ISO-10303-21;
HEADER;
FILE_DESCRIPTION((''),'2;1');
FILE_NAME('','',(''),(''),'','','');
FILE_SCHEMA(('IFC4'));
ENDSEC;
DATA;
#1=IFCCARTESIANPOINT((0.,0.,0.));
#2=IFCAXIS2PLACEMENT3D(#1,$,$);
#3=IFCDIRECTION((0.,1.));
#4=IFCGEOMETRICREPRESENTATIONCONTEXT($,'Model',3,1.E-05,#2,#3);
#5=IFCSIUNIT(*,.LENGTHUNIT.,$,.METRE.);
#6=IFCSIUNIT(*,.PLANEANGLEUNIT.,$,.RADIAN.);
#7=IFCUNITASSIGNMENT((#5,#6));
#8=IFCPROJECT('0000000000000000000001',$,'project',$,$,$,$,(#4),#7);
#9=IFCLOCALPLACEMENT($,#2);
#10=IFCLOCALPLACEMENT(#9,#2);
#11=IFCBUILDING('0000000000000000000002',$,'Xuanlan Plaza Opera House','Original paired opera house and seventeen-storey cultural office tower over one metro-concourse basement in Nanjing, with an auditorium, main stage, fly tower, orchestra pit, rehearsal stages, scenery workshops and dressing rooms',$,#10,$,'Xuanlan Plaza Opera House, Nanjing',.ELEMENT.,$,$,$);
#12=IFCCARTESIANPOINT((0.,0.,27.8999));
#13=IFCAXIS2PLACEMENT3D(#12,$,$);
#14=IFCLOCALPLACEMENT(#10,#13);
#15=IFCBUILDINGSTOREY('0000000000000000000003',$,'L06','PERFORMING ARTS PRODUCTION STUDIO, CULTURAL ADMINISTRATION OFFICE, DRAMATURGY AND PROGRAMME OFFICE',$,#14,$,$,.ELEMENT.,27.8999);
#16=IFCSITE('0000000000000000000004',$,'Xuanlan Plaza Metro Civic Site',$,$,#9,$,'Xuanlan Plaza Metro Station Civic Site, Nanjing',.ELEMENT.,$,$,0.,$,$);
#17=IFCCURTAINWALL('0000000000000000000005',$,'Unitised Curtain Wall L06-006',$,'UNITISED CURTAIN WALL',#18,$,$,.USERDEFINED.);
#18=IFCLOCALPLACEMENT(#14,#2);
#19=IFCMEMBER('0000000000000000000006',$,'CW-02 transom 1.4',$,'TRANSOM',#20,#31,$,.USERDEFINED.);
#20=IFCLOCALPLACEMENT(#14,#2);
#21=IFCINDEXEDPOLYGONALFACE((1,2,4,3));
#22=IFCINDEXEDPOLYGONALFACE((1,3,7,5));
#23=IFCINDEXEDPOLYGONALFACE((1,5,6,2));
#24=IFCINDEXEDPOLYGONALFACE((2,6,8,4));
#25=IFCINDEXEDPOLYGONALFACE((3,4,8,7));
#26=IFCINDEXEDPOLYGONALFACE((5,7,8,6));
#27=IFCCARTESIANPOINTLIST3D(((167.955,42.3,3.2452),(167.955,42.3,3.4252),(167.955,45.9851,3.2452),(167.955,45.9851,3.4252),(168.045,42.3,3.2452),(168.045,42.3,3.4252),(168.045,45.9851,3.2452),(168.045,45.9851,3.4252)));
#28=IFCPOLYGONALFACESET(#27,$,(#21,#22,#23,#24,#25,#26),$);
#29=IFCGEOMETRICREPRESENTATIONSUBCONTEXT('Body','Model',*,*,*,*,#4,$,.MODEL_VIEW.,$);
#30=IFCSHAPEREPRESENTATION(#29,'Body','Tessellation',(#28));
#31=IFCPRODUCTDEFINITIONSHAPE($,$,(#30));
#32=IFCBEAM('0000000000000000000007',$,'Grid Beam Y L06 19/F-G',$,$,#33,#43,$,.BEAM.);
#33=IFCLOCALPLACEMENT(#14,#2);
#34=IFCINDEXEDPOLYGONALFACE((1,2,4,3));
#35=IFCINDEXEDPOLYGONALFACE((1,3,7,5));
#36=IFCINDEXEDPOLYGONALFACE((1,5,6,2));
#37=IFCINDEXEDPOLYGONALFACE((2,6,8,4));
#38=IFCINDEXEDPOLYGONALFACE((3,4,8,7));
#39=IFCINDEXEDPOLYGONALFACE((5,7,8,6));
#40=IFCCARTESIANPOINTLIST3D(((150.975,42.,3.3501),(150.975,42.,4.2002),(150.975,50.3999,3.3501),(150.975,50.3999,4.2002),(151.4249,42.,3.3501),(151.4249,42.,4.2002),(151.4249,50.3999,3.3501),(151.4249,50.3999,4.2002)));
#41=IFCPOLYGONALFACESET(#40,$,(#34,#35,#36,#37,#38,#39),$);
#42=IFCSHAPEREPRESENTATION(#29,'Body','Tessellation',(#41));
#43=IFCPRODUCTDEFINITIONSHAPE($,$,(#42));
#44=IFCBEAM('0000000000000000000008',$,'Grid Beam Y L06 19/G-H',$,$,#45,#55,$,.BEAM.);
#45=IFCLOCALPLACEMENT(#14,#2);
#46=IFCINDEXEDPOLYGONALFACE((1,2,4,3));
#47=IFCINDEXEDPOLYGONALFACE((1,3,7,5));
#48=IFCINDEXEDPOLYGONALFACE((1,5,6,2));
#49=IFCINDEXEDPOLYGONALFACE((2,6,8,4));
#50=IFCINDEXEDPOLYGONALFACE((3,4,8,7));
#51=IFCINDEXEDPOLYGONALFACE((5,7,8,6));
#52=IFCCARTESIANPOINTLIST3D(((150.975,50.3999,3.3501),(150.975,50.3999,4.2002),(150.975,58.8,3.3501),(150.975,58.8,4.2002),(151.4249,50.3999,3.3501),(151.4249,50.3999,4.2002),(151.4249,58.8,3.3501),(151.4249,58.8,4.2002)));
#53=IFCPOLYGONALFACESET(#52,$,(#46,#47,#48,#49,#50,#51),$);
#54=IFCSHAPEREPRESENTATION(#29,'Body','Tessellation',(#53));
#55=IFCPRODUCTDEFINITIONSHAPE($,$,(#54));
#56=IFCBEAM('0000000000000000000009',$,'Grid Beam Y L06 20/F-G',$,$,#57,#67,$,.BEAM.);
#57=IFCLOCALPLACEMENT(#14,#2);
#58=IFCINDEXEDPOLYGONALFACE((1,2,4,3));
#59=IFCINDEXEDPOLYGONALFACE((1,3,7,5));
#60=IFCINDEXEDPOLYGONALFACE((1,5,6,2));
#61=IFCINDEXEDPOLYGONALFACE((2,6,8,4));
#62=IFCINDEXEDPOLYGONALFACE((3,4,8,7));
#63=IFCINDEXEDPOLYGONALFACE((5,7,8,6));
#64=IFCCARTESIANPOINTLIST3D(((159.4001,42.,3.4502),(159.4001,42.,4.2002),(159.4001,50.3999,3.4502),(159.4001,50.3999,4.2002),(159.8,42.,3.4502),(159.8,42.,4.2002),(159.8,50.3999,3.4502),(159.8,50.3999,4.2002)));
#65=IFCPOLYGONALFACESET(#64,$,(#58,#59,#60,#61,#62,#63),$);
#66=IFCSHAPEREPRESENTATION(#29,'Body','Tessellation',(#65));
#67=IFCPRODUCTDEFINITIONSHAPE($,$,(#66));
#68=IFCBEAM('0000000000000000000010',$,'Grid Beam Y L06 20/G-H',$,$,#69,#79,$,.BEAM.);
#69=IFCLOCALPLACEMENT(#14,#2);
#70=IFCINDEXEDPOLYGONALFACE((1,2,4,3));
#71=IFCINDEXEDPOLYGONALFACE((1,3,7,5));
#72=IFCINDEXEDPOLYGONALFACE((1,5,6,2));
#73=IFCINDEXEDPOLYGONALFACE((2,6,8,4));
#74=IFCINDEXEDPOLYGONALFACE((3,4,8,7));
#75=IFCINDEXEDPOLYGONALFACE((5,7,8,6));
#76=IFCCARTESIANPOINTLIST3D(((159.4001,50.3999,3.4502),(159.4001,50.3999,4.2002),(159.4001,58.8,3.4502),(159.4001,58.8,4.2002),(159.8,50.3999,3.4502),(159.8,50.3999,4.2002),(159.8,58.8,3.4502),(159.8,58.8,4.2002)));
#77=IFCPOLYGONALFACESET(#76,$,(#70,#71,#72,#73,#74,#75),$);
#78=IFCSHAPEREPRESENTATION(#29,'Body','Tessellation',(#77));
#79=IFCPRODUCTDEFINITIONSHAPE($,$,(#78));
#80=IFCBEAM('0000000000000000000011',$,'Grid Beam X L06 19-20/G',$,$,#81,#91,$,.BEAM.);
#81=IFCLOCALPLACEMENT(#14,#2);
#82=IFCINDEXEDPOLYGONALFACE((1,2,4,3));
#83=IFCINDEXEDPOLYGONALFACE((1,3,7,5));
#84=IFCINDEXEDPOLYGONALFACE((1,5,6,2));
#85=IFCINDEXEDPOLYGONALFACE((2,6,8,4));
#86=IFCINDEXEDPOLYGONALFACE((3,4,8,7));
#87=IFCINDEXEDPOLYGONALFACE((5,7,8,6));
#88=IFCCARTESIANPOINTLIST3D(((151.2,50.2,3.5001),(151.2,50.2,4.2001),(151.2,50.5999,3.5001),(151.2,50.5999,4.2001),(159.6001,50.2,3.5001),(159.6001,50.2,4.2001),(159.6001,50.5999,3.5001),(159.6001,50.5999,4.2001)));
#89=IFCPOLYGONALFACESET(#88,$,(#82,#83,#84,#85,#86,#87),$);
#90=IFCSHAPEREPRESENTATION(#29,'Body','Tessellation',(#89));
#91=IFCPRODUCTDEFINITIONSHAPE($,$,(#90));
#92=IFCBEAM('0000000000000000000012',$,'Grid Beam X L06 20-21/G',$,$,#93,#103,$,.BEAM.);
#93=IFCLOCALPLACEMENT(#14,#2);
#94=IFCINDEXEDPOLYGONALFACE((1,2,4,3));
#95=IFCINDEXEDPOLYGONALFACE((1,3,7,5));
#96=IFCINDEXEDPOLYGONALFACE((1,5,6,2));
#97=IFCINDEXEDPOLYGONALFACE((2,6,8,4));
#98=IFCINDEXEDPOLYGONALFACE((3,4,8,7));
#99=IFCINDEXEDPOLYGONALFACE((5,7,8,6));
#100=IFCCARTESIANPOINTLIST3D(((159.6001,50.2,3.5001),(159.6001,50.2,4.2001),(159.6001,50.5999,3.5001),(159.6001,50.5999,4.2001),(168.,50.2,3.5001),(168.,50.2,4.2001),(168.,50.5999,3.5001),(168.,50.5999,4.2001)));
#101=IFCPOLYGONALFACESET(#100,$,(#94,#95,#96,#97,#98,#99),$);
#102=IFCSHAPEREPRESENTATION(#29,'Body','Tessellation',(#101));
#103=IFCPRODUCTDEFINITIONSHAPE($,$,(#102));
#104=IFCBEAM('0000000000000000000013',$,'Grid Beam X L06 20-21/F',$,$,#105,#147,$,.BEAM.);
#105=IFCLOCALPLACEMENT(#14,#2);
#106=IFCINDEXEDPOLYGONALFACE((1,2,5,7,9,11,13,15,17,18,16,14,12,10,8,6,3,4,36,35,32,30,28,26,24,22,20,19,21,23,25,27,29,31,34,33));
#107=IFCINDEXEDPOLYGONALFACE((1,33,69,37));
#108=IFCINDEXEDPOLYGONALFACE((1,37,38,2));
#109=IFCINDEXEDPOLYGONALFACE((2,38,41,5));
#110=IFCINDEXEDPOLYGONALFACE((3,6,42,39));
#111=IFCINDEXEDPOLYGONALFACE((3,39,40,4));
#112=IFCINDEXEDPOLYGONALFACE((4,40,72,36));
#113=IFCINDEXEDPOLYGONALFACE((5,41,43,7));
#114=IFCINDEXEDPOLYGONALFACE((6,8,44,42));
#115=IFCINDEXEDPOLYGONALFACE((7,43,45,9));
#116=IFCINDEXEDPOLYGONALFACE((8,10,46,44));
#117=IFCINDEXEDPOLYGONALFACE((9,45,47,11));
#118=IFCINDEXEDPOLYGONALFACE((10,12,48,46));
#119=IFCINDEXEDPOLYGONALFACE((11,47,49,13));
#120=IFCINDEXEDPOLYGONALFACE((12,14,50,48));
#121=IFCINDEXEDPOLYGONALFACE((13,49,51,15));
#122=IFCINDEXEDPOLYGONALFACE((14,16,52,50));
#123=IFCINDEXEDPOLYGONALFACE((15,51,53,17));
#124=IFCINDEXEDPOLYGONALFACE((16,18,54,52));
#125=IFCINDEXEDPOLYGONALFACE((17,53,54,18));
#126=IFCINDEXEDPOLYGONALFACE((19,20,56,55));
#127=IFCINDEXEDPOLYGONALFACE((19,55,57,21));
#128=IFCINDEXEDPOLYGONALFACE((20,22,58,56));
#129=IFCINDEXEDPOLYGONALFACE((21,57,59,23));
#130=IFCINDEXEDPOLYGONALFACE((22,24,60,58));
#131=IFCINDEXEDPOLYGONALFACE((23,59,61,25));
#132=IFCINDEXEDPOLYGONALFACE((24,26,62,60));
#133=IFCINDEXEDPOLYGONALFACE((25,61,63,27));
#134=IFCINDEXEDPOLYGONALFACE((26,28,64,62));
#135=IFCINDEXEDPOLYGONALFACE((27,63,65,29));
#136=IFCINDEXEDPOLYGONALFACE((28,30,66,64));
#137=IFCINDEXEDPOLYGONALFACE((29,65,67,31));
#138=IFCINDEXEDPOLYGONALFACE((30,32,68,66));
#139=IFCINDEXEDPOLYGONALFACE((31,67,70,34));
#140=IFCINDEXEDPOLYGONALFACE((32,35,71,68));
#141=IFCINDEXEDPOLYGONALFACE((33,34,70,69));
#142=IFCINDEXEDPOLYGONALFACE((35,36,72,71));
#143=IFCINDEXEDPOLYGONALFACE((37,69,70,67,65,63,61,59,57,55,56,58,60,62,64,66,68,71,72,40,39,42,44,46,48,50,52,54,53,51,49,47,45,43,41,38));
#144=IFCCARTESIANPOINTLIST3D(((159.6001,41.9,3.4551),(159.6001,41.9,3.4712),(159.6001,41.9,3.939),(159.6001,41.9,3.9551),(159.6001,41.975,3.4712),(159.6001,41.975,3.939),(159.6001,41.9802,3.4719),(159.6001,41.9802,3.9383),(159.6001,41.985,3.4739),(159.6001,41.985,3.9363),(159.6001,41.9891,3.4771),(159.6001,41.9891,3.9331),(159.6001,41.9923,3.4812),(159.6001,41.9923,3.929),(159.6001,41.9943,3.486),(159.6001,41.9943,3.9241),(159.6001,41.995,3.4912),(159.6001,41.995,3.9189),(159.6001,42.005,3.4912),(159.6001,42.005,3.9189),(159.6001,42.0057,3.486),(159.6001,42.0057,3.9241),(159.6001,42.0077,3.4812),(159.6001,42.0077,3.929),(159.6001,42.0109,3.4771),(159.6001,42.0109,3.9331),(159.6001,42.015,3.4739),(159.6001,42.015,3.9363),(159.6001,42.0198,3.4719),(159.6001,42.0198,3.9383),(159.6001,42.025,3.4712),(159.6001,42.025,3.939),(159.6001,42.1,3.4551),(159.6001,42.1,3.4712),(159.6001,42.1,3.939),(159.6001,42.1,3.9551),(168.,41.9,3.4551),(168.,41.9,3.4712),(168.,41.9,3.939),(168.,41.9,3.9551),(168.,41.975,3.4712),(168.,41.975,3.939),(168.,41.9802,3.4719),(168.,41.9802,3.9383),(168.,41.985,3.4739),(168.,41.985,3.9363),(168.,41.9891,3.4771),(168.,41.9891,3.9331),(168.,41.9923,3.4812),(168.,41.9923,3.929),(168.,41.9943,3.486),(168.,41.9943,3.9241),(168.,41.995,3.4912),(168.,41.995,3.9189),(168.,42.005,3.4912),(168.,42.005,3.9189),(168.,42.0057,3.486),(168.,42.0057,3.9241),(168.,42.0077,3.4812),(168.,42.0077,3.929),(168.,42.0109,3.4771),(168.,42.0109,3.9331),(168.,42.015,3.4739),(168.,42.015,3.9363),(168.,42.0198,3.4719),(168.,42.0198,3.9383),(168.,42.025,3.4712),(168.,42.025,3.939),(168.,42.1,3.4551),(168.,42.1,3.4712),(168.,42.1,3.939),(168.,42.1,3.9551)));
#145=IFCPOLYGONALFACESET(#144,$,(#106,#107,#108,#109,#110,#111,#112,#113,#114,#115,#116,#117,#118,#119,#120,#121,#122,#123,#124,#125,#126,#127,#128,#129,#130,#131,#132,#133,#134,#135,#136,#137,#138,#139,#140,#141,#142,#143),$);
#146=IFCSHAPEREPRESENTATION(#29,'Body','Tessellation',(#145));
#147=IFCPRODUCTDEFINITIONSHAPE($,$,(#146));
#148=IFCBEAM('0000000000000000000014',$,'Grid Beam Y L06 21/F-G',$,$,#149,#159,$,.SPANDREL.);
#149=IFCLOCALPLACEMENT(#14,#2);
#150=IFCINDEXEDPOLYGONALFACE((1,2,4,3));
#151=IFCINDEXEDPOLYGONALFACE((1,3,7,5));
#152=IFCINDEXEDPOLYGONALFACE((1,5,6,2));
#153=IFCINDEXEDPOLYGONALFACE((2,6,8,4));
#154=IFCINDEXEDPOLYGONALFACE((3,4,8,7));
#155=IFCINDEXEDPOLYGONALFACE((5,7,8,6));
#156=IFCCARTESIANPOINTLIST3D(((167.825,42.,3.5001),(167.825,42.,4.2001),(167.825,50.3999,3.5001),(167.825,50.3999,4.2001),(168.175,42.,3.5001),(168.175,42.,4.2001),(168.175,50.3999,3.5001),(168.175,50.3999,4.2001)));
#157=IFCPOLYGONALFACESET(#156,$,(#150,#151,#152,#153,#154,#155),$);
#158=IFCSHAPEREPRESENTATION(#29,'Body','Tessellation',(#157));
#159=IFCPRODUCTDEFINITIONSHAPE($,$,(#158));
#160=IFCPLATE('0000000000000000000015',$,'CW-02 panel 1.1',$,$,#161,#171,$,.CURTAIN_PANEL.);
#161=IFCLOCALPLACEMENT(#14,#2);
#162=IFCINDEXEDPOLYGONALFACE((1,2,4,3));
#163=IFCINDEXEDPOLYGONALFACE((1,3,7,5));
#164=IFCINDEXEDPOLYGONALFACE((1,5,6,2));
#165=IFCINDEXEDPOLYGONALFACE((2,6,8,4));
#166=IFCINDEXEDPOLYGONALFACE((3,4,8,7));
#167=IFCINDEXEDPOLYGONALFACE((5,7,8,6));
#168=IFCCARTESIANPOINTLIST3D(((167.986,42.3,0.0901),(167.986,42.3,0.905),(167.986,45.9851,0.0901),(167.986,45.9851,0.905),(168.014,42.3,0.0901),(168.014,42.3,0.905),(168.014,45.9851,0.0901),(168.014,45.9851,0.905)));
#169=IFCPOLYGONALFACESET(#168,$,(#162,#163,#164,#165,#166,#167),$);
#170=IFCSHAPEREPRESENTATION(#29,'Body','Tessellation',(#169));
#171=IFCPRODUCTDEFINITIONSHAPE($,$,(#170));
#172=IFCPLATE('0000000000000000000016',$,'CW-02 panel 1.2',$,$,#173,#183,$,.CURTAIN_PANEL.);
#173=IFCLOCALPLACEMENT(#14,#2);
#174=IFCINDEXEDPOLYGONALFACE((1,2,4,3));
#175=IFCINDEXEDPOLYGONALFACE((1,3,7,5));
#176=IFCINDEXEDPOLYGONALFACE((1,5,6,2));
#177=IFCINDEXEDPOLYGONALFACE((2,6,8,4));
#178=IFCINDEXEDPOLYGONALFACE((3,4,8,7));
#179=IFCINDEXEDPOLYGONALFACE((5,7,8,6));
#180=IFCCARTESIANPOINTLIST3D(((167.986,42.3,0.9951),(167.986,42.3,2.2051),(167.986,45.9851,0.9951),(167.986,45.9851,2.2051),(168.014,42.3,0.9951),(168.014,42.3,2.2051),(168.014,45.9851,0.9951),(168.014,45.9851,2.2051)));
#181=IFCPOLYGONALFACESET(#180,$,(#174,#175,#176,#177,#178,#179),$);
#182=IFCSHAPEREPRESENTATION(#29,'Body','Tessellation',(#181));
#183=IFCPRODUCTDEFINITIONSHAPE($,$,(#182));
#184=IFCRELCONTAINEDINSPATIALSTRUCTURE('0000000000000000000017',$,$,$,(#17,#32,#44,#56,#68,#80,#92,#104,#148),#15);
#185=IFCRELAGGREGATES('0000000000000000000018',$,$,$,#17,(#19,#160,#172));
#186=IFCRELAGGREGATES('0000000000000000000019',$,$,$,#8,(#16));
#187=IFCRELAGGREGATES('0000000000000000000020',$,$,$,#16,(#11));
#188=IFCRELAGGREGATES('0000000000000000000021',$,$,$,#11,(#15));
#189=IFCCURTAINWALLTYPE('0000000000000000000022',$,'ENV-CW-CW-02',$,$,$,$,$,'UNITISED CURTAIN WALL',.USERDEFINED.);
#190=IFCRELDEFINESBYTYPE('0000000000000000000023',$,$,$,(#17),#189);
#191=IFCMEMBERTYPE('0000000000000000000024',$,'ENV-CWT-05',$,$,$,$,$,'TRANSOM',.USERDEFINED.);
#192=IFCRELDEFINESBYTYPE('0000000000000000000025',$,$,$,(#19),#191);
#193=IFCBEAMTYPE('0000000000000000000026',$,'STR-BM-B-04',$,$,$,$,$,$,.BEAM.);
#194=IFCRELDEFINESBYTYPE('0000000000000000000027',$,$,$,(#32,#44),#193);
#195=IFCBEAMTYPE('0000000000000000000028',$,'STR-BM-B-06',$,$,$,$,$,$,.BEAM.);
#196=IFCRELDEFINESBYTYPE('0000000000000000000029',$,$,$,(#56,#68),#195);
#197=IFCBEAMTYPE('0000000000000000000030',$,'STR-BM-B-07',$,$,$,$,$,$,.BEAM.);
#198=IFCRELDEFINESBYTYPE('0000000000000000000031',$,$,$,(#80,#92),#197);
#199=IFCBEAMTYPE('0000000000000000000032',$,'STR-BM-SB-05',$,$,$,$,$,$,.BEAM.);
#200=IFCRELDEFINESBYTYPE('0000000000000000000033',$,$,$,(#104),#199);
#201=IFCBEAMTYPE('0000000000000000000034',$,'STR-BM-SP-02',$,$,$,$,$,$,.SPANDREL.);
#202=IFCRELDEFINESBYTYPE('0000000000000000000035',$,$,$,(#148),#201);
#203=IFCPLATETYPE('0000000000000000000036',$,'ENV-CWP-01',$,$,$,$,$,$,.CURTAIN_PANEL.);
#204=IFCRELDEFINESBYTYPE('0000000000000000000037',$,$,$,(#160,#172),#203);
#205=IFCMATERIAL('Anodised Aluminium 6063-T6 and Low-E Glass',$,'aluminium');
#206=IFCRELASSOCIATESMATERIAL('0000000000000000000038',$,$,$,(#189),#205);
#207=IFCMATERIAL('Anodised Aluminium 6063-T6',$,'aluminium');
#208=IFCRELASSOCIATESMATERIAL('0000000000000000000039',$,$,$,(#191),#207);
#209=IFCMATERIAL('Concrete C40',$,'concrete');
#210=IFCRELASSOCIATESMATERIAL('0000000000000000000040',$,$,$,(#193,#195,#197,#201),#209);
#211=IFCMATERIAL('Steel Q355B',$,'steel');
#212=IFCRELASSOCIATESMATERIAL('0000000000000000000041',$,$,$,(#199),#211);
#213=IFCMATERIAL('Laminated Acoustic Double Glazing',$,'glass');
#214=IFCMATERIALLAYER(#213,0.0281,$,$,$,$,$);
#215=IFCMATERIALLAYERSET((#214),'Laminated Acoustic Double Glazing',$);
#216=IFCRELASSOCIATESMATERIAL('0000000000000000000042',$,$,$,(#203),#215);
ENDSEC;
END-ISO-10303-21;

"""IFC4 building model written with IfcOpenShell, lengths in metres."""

from ifc_helpers import new_model, si_unit, direction, frame, origin, origin_2d, place, context, subcontext, project, spatial, rectangle, i_section, extrude, material, layer, layer_set, material_profile, profile_set, type_object, element, aggregate, save


model = new_model("IFC4")

# Units and contexts
model_context = context("Model", 3, precision=1e-05, world=origin(), true_north=direction((0.0, 1.0)))
body_context = subcontext(model_context, "Body", "Model", "MODEL_VIEW")
ifc_project = project(units=[si_unit("LENGTHUNIT", "METRE"), si_unit("PLANEANGLEUNIT", "RADIAN")], contexts=[model_context])

# Site, building, storey
site_placement = place(None, origin())
site = spatial("IfcSite", under=ifc_project, at=site_placement, Name="Xuanlan Plaza Metro Civic Site", LongName="Xuanlan Plaza Metro Station Civic Site, Nanjing", CompositionType="ELEMENT", RefElevation=0.0)
building_placement = place(site_placement, origin())
building = spatial("IfcBuilding", under=site, at=building_placement, Name="Xuanlan Plaza Opera House", Description="Original paired opera house and seventeen-storey cultural office tower over one metro-concourse basement in Nanjing, with an auditorium, main stage, fly tower, orchestra pit, rehearsal stages, scenery workshops and dressing rooms", LongName="Xuanlan Plaza Opera House, Nanjing", CompositionType="ELEMENT")
storey_placement = place(building_placement, frame((0.0, 0.0, 27.8999)))
storey = spatial("IfcBuildingStorey", under=building, at=storey_placement, Name="L06", Description="PERFORMING ARTS PRODUCTION STUDIO, CULTURAL ADMINISTRATION OFFICE, DRAMATURGY AND PROGRAMME OFFICE", CompositionType="ELEMENT", Elevation=27.8999)

# Shared definitions
ifc_material_1 = material(Name="Steel Q355B", Category="steel")

# Curtain wall, member
ifc_material_2 = material(Name="Anodised Aluminium 6063-T6 and Low-E Glass", Category="aluminium")
curtain_wall_type = type_object("IfcCurtainWallType", Name="ENV-CW-CW-02", ElementType="UNITISED CURTAIN WALL", PredefinedType="USERDEFINED", material=ifc_material_2)
curtain_wall_placement = place(storey_placement, origin())
curtain_wall = element("IfcCurtainWall", 1, at=curtain_wall_placement, inside=storey, type_object=curtain_wall_type, Name="Unitised Curtain Wall L06-006", ObjectType="UNITISED CURTAIN WALL", PredefinedType="USERDEFINED")
ifc_material_3 = material(Name="Anodised Aluminium 6063-T6", Category="aluminium")
ifc_material_profile_1 = material_profile(ifc_material_3, rectangle(XDim=0.0901, YDim=0.1799, at=origin_2d()), Name="ALU-T 90x180")
ifc_profile_set_1 = profile_set([ifc_material_profile_1], Name="Anodised Aluminium 6063-T6")
member_type_1 = type_object("IfcMemberType", Name="ENV-CWT-05", ElementType="TRANSOM", PredefinedType="USERDEFINED", material=ifc_profile_set_1)
member_1_placement = place(storey_placement, frame((168.0, 42.3, 3.3352), z_axis=(0.0, 1.0, 0.0), x_axis=(-1.0, 0.0, 0.0)))
member_1 = element("IfcMember", 2, at=member_1_placement, type_object=member_type_1, Name="CW-02 transom 1.4", ObjectType="TRANSOM", PredefinedType="USERDEFINED", context=body_context, shape_type="SweptSolid", body=[
    extrude(rectangle(XDim=0.0901, YDim=0.1799, at=origin_2d()), origin(), (0.0, 0.0, 1.0), 3.6851),
])

# Beams
ifc_material_4 = material(Name="Concrete C40", Category="concrete")
ifc_material_profile_2 = material_profile(ifc_material_4, rectangle(XDim=0.45, YDim=0.8501, at=origin_2d()), Name="RC-BM 450x850")
ifc_profile_set_2 = profile_set([ifc_material_profile_2], Name="Concrete C40")
beam_type_1 = type_object("IfcBeamType", Name="STR-BM-B-04", PredefinedType="BEAM", material=ifc_profile_set_2)
beam_1_placement = place(storey_placement, frame((151.2, 42.0, 3.7751), z_axis=(0.0, 1.0, 0.0), x_axis=(-1.0, 0.0, 0.0)))
element("IfcBeam", 3, at=beam_1_placement, inside=storey, type_object=beam_type_1, Name="Grid Beam Y L06 19/F-G", PredefinedType="BEAM", context=body_context, shape_type="SweptSolid", body=[
    extrude(rectangle(XDim=0.45, YDim=0.8501, at=origin_2d()), origin(), (0.0, 0.0, 1.0), 8.3999),
])
beam_2_placement = place(storey_placement, frame((151.2, 50.3999, 3.7751), z_axis=(0.0, 1.0, 0.0), x_axis=(-1.0, 0.0, 0.0)))
element("IfcBeam", 4, at=beam_2_placement, inside=storey, type_object=beam_type_1, Name="Grid Beam Y L06 19/G-H", PredefinedType="BEAM", context=body_context, shape_type="SweptSolid", body=[
    extrude(rectangle(XDim=0.45, YDim=0.8501, at=origin_2d()), origin(), (0.0, 0.0, 1.0), 8.4001),
])
ifc_material_profile_3 = material_profile(ifc_material_4, rectangle(XDim=0.3999, YDim=0.75, at=origin_2d()), Name="RC-BM 400x750")
ifc_profile_set_3 = profile_set([ifc_material_profile_3], Name="Concrete C40")
beam_type_2 = type_object("IfcBeamType", Name="STR-BM-B-06", PredefinedType="BEAM", material=ifc_profile_set_3)
beam_3_placement = place(storey_placement, frame((159.6001, 42.0, 3.8252), z_axis=(0.0, 1.0, 0.0), x_axis=(-1.0, 0.0, 0.0)))
element("IfcBeam", 5, at=beam_3_placement, inside=storey, type_object=beam_type_2, Name="Grid Beam Y L06 20/F-G", PredefinedType="BEAM", context=body_context, shape_type="SweptSolid", body=[
    extrude(rectangle(XDim=0.3999, YDim=0.75, at=origin_2d()), origin(), (0.0, 0.0, 1.0), 8.3999),
])
beam_4_placement = place(storey_placement, frame((159.6001, 50.3999, 3.8252), z_axis=(0.0, 1.0, 0.0), x_axis=(-1.0, 0.0, 0.0)))
element("IfcBeam", 6, at=beam_4_placement, inside=storey, type_object=beam_type_2, Name="Grid Beam Y L06 20/G-H", PredefinedType="BEAM", context=body_context, shape_type="SweptSolid", body=[
    extrude(rectangle(XDim=0.3999, YDim=0.75, at=origin_2d()), origin(), (0.0, 0.0, 1.0), 8.4001),
])
ifc_material_profile_4 = material_profile(ifc_material_4, rectangle(XDim=0.3999, YDim=0.7, at=origin_2d()), Name="RC-BM 400x700")
ifc_profile_set_4 = profile_set([ifc_material_profile_4], Name="Concrete C40")
beam_type_3 = type_object("IfcBeamType", Name="STR-BM-B-07", PredefinedType="BEAM", material=ifc_profile_set_4)
beam_5_placement = place(storey_placement, frame((151.2, 50.3999, 3.8501), z_axis=(1.0, 0.0, 0.0), x_axis=(0.0, 1.0, 0.0)))
element("IfcBeam", 7, at=beam_5_placement, inside=storey, type_object=beam_type_3, Name="Grid Beam X L06 19-20/G", PredefinedType="BEAM", context=body_context, shape_type="SweptSolid", body=[
    extrude(rectangle(XDim=0.3999, YDim=0.7, at=origin_2d()), origin(), (0.0, 0.0, 1.0), 8.4001),
])
beam_6_placement = place(storey_placement, frame((159.6001, 50.3999, 3.8501), z_axis=(1.0, 0.0, 0.0), x_axis=(0.0, 1.0, 0.0)))
element("IfcBeam", 8, at=beam_6_placement, inside=storey, type_object=beam_type_3, Name="Grid Beam X L06 20-21/G", PredefinedType="BEAM", context=body_context, shape_type="SweptSolid", body=[
    extrude(rectangle(XDim=0.3999, YDim=0.7, at=origin_2d()), origin(), (0.0, 0.0, 1.0), 8.3999),
])
ifc_material_profile_5 = material_profile(ifc_material_1, i_section(OverallWidth=0.2, OverallDepth=0.5, WebThickness=0.01, FlangeThickness=0.0161, FilletRadius=0.02, at=origin_2d()), Name="HN 500x200x10x16")
ifc_profile_set_5 = profile_set([ifc_material_profile_5], Name="Steel Q355B")
beam_type_4 = type_object("IfcBeamType", Name="STR-BM-SB-05", PredefinedType="BEAM", material=ifc_profile_set_5)
beam_7_placement = place(storey_placement, frame((159.6001, 42.0, 3.7051), z_axis=(1.0, 0.0, 0.0), x_axis=(0.0, 1.0, 0.0)))
element("IfcBeam", 9, at=beam_7_placement, inside=storey, type_object=beam_type_4, Name="Grid Beam X L06 20-21/F", PredefinedType="BEAM", context=body_context, shape_type="SweptSolid", body=[
    extrude(i_section(OverallWidth=0.2, OverallDepth=0.5, WebThickness=0.01, FlangeThickness=0.0161, FilletRadius=0.02, at=origin_2d()), origin(), (0.0, 0.0, 1.0), 8.3999),
])
ifc_material_profile_6 = material_profile(ifc_material_4, rectangle(XDim=0.3501, YDim=0.7, at=origin_2d()), Name="RC-SPD 350x700")
ifc_profile_set_6 = profile_set([ifc_material_profile_6], Name="Concrete C40")
beam_type_5 = type_object("IfcBeamType", Name="STR-BM-SP-02", PredefinedType="SPANDREL", material=ifc_profile_set_6)
beam_8_placement = place(storey_placement, frame((168.0, 42.0, 3.8501), z_axis=(0.0, 1.0, 0.0), x_axis=(-1.0, 0.0, 0.0)))
element("IfcBeam", 10, at=beam_8_placement, inside=storey, type_object=beam_type_5, Name="Grid Beam Y L06 21/F-G", PredefinedType="SPANDREL", context=body_context, shape_type="SweptSolid", body=[
    extrude(rectangle(XDim=0.3501, YDim=0.7, at=origin_2d()), origin(), (0.0, 0.0, 1.0), 8.3999),
])

# Plates
ifc_material_5 = material(Name="Laminated Acoustic Double Glazing", Category="glass")
ifc_layer_1 = layer(ifc_material_5, 0.0281)
ifc_layer_set_1 = layer_set([ifc_layer_1], Name="Laminated Acoustic Double Glazing")
plate_type = type_object("IfcPlateType", Name="ENV-CWP-01", PredefinedType="CURTAIN_PANEL", material=ifc_layer_set_1)
plate_1_placement = place(storey_placement, frame((168.0, 44.1426, 0.0901), z_axis=(0.0, 0.0, 1.0), x_axis=(0.0, 1.0, 0.0)))
plate_1 = element("IfcPlate", 11, at=plate_1_placement, type_object=plate_type, Name="CW-02 panel 1.1", PredefinedType="CURTAIN_PANEL", context=body_context, shape_type="SweptSolid", body=[
    extrude(rectangle(XDim=3.6851, YDim=0.0281, at=origin_2d()), origin(), (0.0, 0.0, 1.0), 0.8149),
])
plate_2_placement = place(storey_placement, frame((168.0, 44.1426, 0.9951), z_axis=(0.0, 0.0, 1.0), x_axis=(0.0, 1.0, 0.0)))
plate_2 = element("IfcPlate", 12, at=plate_2_placement, type_object=plate_type, Name="CW-02 panel 1.2", PredefinedType="CURTAIN_PANEL", context=body_context, shape_type="SweptSolid", body=[
    extrude(rectangle(XDim=3.6851, YDim=0.0281, at=origin_2d()), origin(), (0.0, 0.0, 1.0), 1.21),
])
aggregate(curtain_wall, [member_1, plate_1, plate_2])

save(model, "model.ifc")
